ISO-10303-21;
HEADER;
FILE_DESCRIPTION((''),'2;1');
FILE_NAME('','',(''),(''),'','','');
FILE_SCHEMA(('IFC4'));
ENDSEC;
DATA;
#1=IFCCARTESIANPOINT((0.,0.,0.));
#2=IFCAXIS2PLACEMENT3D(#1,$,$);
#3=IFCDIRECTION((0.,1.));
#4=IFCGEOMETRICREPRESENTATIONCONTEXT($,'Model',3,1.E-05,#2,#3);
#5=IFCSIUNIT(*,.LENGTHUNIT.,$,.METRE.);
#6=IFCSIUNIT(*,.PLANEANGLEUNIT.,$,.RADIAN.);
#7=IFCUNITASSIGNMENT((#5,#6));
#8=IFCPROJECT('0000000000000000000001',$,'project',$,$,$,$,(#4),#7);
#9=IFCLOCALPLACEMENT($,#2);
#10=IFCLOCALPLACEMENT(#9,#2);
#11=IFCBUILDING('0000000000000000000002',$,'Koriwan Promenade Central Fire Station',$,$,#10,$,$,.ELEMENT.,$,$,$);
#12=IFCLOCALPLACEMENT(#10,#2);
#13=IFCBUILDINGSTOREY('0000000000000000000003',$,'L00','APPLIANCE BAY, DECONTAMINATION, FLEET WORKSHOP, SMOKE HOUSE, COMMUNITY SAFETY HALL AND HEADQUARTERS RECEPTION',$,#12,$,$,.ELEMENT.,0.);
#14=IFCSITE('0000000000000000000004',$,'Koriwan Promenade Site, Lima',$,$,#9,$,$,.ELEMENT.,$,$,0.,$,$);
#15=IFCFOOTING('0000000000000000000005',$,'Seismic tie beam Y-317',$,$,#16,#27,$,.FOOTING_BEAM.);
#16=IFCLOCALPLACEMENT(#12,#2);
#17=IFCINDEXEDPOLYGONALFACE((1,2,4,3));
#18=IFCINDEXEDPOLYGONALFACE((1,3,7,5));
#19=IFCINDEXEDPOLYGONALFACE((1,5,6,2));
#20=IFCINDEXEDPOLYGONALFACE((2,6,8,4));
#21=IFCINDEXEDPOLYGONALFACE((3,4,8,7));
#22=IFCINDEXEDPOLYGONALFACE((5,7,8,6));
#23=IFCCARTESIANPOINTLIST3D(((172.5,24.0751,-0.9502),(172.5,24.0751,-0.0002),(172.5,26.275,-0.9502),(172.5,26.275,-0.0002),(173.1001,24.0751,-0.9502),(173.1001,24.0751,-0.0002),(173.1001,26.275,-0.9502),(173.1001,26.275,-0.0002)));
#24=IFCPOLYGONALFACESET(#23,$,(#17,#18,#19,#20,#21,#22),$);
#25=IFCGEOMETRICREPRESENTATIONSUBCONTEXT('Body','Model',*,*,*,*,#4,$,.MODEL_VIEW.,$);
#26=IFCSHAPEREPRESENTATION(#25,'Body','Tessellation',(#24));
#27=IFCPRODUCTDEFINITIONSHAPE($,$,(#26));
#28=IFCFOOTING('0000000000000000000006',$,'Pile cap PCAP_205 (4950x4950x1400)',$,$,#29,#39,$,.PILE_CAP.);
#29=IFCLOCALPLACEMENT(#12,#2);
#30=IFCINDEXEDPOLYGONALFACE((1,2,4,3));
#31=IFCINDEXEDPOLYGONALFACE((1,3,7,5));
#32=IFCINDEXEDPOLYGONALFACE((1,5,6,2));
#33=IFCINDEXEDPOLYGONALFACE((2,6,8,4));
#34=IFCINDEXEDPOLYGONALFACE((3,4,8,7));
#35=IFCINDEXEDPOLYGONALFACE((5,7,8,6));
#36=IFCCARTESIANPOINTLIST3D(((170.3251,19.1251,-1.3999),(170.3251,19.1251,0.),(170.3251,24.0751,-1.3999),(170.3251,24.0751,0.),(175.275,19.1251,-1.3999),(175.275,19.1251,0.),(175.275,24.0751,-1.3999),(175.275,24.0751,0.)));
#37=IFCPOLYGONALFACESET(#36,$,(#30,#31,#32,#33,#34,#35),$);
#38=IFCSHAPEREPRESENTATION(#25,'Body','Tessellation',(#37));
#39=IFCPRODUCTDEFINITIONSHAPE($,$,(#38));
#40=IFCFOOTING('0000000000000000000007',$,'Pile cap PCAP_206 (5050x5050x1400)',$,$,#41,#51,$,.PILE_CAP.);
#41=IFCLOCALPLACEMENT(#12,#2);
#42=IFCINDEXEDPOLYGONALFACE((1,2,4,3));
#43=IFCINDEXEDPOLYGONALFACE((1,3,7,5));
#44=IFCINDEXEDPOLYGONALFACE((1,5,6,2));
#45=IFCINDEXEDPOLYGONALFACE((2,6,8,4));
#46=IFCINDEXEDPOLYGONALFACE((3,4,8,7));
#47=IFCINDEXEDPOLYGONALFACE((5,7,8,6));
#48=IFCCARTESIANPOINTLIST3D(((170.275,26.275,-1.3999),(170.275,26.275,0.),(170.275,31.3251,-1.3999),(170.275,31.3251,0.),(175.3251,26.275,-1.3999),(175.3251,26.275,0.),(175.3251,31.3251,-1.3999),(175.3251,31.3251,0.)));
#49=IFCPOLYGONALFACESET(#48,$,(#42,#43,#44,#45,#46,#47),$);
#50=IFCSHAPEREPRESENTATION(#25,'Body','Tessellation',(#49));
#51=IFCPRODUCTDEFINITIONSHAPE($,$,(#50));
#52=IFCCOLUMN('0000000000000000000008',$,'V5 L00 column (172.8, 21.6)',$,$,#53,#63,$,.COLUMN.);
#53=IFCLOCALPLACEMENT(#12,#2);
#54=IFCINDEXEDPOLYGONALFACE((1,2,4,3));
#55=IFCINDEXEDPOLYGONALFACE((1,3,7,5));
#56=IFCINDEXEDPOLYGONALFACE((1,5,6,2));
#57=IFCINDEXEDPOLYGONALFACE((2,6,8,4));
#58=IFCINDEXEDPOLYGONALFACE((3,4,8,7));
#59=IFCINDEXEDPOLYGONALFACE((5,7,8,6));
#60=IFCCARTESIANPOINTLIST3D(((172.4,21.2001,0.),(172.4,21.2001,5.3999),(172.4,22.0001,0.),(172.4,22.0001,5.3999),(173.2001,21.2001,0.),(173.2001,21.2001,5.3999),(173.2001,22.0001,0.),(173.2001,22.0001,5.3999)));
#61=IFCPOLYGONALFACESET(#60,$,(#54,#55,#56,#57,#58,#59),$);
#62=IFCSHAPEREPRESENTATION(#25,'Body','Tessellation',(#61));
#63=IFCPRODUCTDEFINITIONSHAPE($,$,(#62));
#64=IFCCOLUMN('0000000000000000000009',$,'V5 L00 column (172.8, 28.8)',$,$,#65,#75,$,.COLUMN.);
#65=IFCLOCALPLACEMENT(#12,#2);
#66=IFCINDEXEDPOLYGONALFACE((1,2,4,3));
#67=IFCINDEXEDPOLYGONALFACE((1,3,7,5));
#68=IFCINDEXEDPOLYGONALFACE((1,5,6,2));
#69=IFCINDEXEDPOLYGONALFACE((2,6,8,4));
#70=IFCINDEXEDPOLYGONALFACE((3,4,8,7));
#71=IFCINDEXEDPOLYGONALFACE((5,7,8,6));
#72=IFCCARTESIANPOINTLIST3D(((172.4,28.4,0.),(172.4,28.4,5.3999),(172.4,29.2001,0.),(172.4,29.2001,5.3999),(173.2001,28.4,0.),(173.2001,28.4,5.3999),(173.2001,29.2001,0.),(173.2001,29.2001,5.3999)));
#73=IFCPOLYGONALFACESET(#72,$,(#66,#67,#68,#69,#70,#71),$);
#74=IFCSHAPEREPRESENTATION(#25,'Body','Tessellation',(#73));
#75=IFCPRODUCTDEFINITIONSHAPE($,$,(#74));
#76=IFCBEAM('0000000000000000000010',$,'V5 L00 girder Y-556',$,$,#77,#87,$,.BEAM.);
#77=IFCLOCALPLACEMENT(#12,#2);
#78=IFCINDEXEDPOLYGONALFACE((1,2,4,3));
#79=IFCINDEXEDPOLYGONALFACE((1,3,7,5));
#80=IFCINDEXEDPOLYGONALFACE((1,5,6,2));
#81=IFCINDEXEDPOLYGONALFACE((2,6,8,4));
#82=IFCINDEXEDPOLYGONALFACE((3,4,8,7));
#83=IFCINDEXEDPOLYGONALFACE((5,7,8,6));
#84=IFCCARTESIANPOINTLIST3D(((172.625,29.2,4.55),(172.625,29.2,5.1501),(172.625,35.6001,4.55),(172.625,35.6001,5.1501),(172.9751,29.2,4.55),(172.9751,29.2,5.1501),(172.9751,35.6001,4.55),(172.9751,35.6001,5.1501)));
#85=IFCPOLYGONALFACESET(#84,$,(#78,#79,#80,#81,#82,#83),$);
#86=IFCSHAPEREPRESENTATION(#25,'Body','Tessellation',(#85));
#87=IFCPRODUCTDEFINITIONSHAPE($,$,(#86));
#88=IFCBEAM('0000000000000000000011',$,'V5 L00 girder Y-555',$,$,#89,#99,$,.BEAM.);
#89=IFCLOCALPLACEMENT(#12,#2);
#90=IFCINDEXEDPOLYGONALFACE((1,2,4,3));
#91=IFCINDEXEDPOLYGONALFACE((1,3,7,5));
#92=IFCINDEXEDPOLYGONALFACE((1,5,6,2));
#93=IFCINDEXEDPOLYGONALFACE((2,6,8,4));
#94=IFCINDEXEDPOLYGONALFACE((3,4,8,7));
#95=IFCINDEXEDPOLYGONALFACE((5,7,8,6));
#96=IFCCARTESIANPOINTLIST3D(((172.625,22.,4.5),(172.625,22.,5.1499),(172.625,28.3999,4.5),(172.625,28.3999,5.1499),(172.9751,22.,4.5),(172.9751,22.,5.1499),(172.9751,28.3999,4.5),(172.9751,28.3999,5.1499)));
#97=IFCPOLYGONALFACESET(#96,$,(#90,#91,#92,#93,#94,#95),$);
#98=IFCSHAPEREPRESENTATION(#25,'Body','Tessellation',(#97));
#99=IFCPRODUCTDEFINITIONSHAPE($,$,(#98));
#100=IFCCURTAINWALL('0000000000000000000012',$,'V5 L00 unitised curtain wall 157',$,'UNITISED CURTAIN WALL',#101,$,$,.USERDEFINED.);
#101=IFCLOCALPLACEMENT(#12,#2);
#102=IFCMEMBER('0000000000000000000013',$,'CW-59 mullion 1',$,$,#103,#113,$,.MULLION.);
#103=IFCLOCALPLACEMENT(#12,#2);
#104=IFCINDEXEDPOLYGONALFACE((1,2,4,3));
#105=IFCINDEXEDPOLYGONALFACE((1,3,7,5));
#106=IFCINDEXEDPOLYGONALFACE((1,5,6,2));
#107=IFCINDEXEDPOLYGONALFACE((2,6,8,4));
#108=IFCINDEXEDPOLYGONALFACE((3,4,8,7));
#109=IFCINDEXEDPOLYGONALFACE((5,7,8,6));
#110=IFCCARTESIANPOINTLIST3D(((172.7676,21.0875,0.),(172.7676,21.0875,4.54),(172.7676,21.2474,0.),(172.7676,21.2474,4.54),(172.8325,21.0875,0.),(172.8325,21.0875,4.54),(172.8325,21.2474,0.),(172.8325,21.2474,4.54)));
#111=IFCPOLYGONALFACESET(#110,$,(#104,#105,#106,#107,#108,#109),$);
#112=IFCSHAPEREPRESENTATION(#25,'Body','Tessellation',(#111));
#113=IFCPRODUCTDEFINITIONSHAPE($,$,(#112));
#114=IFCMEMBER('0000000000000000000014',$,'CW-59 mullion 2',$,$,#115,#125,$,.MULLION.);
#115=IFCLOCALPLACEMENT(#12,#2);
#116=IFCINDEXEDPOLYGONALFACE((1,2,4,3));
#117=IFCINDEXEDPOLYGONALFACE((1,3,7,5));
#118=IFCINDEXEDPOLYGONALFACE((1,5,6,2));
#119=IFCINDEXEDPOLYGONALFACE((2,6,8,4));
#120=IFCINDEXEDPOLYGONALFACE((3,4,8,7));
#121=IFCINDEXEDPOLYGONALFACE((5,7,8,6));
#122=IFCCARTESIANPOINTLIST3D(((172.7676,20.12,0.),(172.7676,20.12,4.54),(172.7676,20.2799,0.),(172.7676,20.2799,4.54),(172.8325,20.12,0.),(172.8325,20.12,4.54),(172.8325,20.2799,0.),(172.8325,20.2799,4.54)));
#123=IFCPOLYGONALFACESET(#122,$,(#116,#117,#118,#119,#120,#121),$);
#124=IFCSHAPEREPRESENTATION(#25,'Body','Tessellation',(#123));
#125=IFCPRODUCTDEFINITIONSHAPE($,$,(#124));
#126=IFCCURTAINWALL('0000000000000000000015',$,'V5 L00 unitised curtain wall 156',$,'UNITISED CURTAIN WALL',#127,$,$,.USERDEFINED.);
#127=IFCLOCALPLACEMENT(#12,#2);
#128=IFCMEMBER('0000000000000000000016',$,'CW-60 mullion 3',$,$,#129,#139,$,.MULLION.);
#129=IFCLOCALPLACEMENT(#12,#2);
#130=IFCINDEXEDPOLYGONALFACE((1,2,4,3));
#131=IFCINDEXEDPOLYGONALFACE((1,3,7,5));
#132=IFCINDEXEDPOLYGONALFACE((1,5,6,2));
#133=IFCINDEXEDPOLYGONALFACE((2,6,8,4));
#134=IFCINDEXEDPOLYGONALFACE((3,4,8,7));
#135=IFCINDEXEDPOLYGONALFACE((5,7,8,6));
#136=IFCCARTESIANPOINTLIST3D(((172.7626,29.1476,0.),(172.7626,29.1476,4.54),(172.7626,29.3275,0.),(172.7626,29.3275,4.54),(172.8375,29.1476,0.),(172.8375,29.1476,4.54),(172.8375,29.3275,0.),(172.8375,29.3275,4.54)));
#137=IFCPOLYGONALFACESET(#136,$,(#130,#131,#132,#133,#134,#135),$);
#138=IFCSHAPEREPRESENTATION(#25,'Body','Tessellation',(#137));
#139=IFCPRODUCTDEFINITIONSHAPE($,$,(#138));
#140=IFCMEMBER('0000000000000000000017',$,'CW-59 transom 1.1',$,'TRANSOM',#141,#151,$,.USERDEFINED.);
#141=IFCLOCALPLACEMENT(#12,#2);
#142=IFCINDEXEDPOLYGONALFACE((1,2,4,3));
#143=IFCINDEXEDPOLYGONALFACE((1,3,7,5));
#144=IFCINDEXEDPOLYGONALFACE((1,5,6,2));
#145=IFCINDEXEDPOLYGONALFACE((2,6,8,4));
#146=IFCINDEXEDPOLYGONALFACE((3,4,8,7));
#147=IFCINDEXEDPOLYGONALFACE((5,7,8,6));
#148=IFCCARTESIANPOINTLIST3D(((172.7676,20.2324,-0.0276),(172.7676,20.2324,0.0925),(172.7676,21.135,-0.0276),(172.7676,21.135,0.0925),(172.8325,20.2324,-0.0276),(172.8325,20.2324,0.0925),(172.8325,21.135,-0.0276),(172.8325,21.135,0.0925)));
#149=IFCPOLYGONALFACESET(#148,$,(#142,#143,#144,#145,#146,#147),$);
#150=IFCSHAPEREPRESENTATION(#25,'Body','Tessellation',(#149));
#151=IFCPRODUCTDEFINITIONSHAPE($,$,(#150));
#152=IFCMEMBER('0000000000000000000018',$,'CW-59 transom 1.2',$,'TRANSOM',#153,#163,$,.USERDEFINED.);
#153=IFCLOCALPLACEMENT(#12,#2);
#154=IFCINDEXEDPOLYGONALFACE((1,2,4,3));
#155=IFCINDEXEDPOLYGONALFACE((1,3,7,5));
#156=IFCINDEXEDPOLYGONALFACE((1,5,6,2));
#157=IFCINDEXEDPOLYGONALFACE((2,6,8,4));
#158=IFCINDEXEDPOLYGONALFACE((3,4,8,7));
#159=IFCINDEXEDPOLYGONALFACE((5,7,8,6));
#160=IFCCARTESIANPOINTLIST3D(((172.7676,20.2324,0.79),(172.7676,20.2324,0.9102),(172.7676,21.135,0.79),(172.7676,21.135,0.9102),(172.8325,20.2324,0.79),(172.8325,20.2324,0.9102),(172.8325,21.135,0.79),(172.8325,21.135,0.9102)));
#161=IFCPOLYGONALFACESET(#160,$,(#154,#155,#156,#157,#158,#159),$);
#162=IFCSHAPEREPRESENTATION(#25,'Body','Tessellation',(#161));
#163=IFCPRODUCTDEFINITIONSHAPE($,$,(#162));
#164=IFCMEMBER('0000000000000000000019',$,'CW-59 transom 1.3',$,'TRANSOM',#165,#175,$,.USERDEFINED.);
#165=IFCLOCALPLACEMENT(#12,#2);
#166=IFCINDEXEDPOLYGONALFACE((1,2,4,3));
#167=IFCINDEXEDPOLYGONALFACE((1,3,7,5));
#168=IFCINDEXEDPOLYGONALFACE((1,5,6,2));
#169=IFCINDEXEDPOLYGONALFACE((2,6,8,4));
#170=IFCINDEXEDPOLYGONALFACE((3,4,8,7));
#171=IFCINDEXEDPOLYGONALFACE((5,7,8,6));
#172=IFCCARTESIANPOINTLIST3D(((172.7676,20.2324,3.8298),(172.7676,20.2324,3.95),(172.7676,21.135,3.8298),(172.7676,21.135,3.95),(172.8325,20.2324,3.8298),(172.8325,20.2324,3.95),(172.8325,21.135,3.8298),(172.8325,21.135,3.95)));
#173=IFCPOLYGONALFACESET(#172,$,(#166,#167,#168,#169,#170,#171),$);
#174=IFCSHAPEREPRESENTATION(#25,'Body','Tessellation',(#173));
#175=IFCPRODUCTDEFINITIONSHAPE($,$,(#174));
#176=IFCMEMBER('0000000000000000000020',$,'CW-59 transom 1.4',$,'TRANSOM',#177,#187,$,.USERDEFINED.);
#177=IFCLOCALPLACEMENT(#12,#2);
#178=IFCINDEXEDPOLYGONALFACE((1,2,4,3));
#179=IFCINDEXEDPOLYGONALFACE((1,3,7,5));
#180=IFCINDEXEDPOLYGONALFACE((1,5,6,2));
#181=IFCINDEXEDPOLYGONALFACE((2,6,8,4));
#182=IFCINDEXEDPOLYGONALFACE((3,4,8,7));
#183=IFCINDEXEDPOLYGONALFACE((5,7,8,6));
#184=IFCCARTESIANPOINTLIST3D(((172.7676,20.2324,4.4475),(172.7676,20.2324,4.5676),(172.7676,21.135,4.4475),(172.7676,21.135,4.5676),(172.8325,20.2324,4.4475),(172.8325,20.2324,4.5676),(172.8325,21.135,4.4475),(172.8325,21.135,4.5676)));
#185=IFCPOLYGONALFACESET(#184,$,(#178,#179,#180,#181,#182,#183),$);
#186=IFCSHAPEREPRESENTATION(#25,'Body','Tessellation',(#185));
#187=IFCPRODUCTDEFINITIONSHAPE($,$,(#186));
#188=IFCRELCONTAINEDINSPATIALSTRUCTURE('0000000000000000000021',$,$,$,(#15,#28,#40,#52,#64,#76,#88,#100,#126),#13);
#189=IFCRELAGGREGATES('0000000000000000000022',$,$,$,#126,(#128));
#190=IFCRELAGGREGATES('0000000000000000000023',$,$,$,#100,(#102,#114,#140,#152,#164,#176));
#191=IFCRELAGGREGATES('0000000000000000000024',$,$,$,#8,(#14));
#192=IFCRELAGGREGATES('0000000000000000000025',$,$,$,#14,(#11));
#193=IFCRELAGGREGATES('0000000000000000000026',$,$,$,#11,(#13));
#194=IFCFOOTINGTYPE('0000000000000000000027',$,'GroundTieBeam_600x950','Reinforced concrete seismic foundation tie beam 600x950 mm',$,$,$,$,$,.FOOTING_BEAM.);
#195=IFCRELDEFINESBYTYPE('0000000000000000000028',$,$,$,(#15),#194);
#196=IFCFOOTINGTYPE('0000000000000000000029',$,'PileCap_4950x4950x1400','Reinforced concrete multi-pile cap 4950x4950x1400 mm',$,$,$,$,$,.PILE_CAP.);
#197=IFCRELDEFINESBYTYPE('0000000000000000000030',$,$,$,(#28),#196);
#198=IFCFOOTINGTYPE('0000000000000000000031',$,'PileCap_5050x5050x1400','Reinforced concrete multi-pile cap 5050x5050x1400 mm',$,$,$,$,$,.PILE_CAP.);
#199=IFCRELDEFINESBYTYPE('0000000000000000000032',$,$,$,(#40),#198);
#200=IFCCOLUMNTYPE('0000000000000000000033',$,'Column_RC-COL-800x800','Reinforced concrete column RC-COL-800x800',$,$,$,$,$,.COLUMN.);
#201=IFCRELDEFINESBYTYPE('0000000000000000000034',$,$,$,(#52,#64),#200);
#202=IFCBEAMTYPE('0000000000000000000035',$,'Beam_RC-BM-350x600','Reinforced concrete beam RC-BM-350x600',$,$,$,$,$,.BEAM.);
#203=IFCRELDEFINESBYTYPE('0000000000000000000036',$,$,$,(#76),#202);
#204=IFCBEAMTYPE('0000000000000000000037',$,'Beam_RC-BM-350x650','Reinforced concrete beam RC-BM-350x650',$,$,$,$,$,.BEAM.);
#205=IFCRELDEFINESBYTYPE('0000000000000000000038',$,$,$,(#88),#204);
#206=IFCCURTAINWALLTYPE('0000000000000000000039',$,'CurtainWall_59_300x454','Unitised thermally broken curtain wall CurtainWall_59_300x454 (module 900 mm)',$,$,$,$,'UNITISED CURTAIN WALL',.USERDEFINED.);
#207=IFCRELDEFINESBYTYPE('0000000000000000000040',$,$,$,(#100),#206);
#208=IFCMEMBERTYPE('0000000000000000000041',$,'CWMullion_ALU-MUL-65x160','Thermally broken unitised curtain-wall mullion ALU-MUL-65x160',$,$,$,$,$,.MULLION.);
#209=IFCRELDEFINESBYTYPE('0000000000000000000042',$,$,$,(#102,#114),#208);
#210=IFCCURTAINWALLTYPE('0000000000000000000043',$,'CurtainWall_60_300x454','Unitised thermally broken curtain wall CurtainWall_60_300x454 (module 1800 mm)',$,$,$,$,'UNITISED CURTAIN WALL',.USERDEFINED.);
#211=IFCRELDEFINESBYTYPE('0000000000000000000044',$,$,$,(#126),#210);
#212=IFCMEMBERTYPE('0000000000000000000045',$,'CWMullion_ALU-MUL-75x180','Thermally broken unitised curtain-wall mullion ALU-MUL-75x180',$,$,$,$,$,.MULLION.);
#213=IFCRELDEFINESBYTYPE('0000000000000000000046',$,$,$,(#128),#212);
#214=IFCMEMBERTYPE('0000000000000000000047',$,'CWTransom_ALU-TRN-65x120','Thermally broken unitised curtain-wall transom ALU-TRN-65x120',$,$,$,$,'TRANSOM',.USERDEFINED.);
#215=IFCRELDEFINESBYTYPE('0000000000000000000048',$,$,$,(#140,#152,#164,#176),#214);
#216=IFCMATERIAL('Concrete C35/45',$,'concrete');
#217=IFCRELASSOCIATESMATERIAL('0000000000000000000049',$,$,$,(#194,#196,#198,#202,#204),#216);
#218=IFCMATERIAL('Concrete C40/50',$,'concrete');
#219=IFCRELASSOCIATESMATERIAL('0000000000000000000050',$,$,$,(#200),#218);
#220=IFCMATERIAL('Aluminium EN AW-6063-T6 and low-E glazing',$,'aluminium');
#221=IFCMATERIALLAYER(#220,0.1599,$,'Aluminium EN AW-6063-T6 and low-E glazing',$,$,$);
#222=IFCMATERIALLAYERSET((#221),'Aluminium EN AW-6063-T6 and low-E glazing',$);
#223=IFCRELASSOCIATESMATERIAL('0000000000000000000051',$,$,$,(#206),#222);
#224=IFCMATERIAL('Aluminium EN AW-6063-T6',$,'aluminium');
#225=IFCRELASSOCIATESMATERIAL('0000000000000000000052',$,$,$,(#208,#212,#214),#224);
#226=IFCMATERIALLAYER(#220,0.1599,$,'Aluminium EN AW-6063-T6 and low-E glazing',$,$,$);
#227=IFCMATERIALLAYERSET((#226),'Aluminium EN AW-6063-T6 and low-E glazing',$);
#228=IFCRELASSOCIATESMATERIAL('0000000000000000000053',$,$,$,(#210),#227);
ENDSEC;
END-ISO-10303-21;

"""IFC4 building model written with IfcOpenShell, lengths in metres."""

from ifc_helpers import new_model, si_unit, direction, frame, origin, origin_2d, place, context, subcontext, project, spatial, rectangle, extrude, material, layer, layer_set, material_profile, profile_set, type_object, element, aggregate, save


model = new_model("IFC4")

# Units and contexts
model_context = context("Model", 3, precision=1e-05, world=origin(), true_north=direction((0.0, 1.0)))
body_context = subcontext(model_context, "Body", "Model", "MODEL_VIEW")
ifc_project = project(units=[si_unit("LENGTHUNIT", "METRE"), si_unit("PLANEANGLEUNIT", "RADIAN")], contexts=[model_context])

# Site, building, storey
site_placement = place(None, origin())
site = spatial("IfcSite", under=ifc_project, at=site_placement, Name="Koriwan Promenade Site, Lima", CompositionType="ELEMENT", RefElevation=0.0)
building_placement = place(site_placement, origin())
building = spatial("IfcBuilding", under=site, at=building_placement, Name="Koriwan Promenade Central Fire Station", CompositionType="ELEMENT")
storey_placement = place(building_placement, origin())
storey = spatial("IfcBuildingStorey", under=building, at=storey_placement, Name="L00", Description="APPLIANCE BAY, DECONTAMINATION, FLEET WORKSHOP, SMOKE HOUSE, COMMUNITY SAFETY HALL AND HEADQUARTERS RECEPTION", CompositionType="ELEMENT", Elevation=0.0)

# Shared definitions
ifc_material_1 = material(Name="Concrete C35/45", Category="concrete")

# Footings
footing_type_1 = type_object("IfcFootingType", Name="GroundTieBeam_600x950", Description="Reinforced concrete seismic foundation tie beam 600x950 mm", PredefinedType="FOOTING_BEAM", material=ifc_material_1)
footing_1_placement = place(storey_placement, frame((172.8, 25.175, -0.9502), z_axis=(0.0, 0.0, 1.0), x_axis=(0.0, 1.0, 0.0)))
element("IfcFooting", 1, at=footing_1_placement, inside=storey, type_object=footing_type_1, Name="Seismic tie beam Y-317", PredefinedType="FOOTING_BEAM", context=body_context, shape_type="SweptSolid", body=[
    extrude(rectangle(XDim=2.2, YDim=0.6001, at=origin_2d()), origin(), (0.0, 0.0, 1.0), 0.95),
])
footing_type_2 = type_object("IfcFootingType", Name="PileCap_4950x4950x1400", Description="Reinforced concrete multi-pile cap 4950x4950x1400 mm", PredefinedType="PILE_CAP", material=ifc_material_1)
footing_2_placement = place(storey_placement, frame((172.8, 21.6001, -1.3999), z_axis=(0.0, 0.0, 1.0), x_axis=(1.0, 0.0, 0.0)))
element("IfcFooting", 2, at=footing_2_placement, inside=storey, type_object=footing_type_2, Name="Pile cap PCAP_205 (4950x4950x1400)", PredefinedType="PILE_CAP", context=body_context, shape_type="SweptSolid", body=[
    extrude(rectangle(XDim=4.95, YDim=4.95, at=origin_2d()), origin(), (0.0, 0.0, 1.0), 1.3999),
])
footing_type_3 = type_object("IfcFootingType", Name="PileCap_5050x5050x1400", Description="Reinforced concrete multi-pile cap 5050x5050x1400 mm", PredefinedType="PILE_CAP", material=ifc_material_1)
footing_3_placement = place(storey_placement, frame((172.8, 28.8, -1.3999), z_axis=(0.0, 0.0, 1.0), x_axis=(1.0, 0.0, 0.0)))
element("IfcFooting", 3, at=footing_3_placement, inside=storey, type_object=footing_type_3, Name="Pile cap PCAP_206 (5050x5050x1400)", PredefinedType="PILE_CAP", context=body_context, shape_type="SweptSolid", body=[
    extrude(rectangle(XDim=5.05, YDim=5.05, at=origin_2d()), origin(), (0.0, 0.0, 1.0), 1.3999),
])

# Columns
ifc_material_2 = material(Name="Concrete C40/50", Category="concrete")
ifc_material_profile_1 = material_profile(ifc_material_2, rectangle(XDim=0.8, YDim=0.8, at=origin_2d()), Name="RC-COL-800x800")
ifc_profile_set_1 = profile_set([ifc_material_profile_1], Name="Concrete C40/50")
column_type = type_object("IfcColumnType", Name="Column_RC-COL-800x800", Description="Reinforced concrete column RC-COL-800x800", PredefinedType="COLUMN", material=ifc_profile_set_1)
for number, where, z_axis, x_axis, name in (
    (4, (172.8, 21.6001, 0.0), (0.0, 0.0, 1.0), (1.0, 0.0, 0.0), "V5 L00 column (172.8, 21.6)"),
    (5, (172.8, 28.8, 0.0), (0.0, 0.0, 1.0), (1.0, 0.0, 0.0), "V5 L00 column (172.8, 28.8)"),
):
    element("IfcColumn", number, at=place(storey_placement, frame(where, z_axis=z_axis, x_axis=x_axis)), inside=storey, type_object=column_type, Name=name, PredefinedType="COLUMN", context=body_context, shape_type="SweptSolid", body=[
        extrude(rectangle(XDim=0.8, YDim=0.8, at=origin_2d()), origin(), (0.0, 0.0, 1.0), 5.3999),
    ])

# Beams
ifc_material_profile_2 = material_profile(ifc_material_1, rectangle(XDim=0.3501, YDim=0.6001, at=origin_2d()), Name="RC-BM-350x600")
ifc_profile_set_2 = profile_set([ifc_material_profile_2], Name="Concrete C35/45")
beam_type_1 = type_object("IfcBeamType", Name="Beam_RC-BM-350x600", Description="Reinforced concrete beam RC-BM-350x600", PredefinedType="BEAM", material=ifc_profile_set_2)
beam_1_placement = place(storey_placement, frame((172.8, 29.2, 4.8501), z_axis=(0.0, 1.0, 0.0), x_axis=(-1.0, 0.0, 0.0)))
element("IfcBeam", 6, at=beam_1_placement, inside=storey, type_object=beam_type_1, Name="V5 L00 girder Y-556", PredefinedType="BEAM", context=body_context, shape_type="SweptSolid", body=[
    extrude(rectangle(XDim=0.3501, YDim=0.6001, at=origin_2d()), origin(), (0.0, 0.0, 1.0), 6.4001),
])
ifc_material_profile_3 = material_profile(ifc_material_1, rectangle(XDim=0.3501, YDim=0.6499, at=origin_2d()), Name="RC-BM-350x650")
ifc_profile_set_3 = profile_set([ifc_material_profile_3], Name="Concrete C35/45")
beam_type_2 = type_object("IfcBeamType", Name="Beam_RC-BM-350x650", Description="Reinforced concrete beam RC-BM-350x650", PredefinedType="BEAM", material=ifc_profile_set_3)
beam_2_placement = place(storey_placement, frame((172.8, 22.0, 4.825), z_axis=(0.0, 1.0, 0.0), x_axis=(-1.0, 0.0, 0.0)))
element("IfcBeam", 7, at=beam_2_placement, inside=storey, type_object=beam_type_2, Name="V5 L00 girder Y-555", PredefinedType="BEAM", context=body_context, shape_type="SweptSolid", body=[
    extrude(rectangle(XDim=0.3501, YDim=0.6499, at=origin_2d()), origin(), (0.0, 0.0, 1.0), 6.3999),
])

# Curtain wall, members
ifc_material_3 = material(Name="Aluminium EN AW-6063-T6 and low-E glazing", Category="aluminium")
ifc_layer_1 = layer(ifc_material_3, 0.1599, Name="Aluminium EN AW-6063-T6 and low-E glazing")
ifc_layer_set_1 = layer_set([ifc_layer_1], Name="Aluminium EN AW-6063-T6 and low-E glazing")
curtain_wall_type_1 = type_object("IfcCurtainWallType", Name="CurtainWall_59_300x454", Description="Unitised thermally broken curtain wall CurtainWall_59_300x454 (module 900 mm)", ElementType="UNITISED CURTAIN WALL", PredefinedType="USERDEFINED", material=ifc_layer_set_1)
curtain_wall_1_placement = place(storey_placement, origin())
curtain_wall_1 = element("IfcCurtainWall", 8, at=curtain_wall_1_placement, inside=storey, type_object=curtain_wall_type_1, Name="V5 L00 unitised curtain wall 157", ObjectType="UNITISED CURTAIN WALL", PredefinedType="USERDEFINED")
ifc_material_4 = material(Name="Aluminium EN AW-6063-T6", Category="aluminium")
ifc_material_profile_4 = material_profile(ifc_material_4, rectangle(XDim=0.0649, YDim=0.1599, at=origin_2d()), Name="ALU-MUL-65x160")
ifc_profile_set_4 = profile_set([ifc_material_profile_4], Name="Aluminium EN AW-6063-T6")
member_type_1 = type_object("IfcMemberType", Name="CWMullion_ALU-MUL-65x160", Description="Thermally broken unitised curtain-wall mullion ALU-MUL-65x160", PredefinedType="MULLION", material=ifc_profile_set_4)
member_1_placement = place(storey_placement, frame((172.8, 21.1675, 0.0), z_axis=(0.0, 0.0, 1.0), x_axis=(1.0, 0.0, 0.0)))
member_1 = element("IfcMember", 9, at=member_1_placement, type_object=member_type_1, Name="CW-59 mullion 1", PredefinedType="MULLION", context=body_context, shape_type="SweptSolid", body=[
    extrude(rectangle(XDim=0.0649, YDim=0.1599, at=origin_2d()), origin(), (0.0, 0.0, 1.0), 4.54),
])
member_2_placement = place(storey_placement, frame((172.8, 20.2, 0.0), z_axis=(0.0, 0.0, 1.0), x_axis=(1.0, 0.0, 0.0)))
member_2 = element("IfcMember", 10, at=member_2_placement, type_object=member_type_1, Name="CW-59 mullion 2", PredefinedType="MULLION", context=body_context, shape_type="SweptSolid", body=[
    extrude(rectangle(XDim=0.0649, YDim=0.1599, at=origin_2d()), origin(), (0.0, 0.0, 1.0), 4.54),
])

# Curtain wall, member
ifc_layer_2 = layer(ifc_material_3, 0.1599, Name="Aluminium EN AW-6063-T6 and low-E glazing")
ifc_layer_set_2 = layer_set([ifc_layer_2], Name="Aluminium EN AW-6063-T6 and low-E glazing")
curtain_wall_type_2 = type_object("IfcCurtainWallType", Name="CurtainWall_60_300x454", Description="Unitised thermally broken curtain wall CurtainWall_60_300x454 (module 1800 mm)", ElementType="UNITISED CURTAIN WALL", PredefinedType="USERDEFINED", material=ifc_layer_set_2)
curtain_wall_2_placement = place(storey_placement, origin())
curtain_wall_2 = element("IfcCurtainWall", 11, at=curtain_wall_2_placement, inside=storey, type_object=curtain_wall_type_2, Name="V5 L00 unitised curtain wall 156", ObjectType="UNITISED CURTAIN WALL", PredefinedType="USERDEFINED")
ifc_material_profile_5 = material_profile(ifc_material_4, rectangle(XDim=0.075, YDim=0.1799, at=origin_2d()), Name="ALU-MUL-75x180")
ifc_profile_set_5 = profile_set([ifc_material_profile_5], Name="Aluminium EN AW-6063-T6")
member_type_2 = type_object("IfcMemberType", Name="CWMullion_ALU-MUL-75x180", Description="Thermally broken unitised curtain-wall mullion ALU-MUL-75x180", PredefinedType="MULLION", material=ifc_profile_set_5)
member_3_placement = place(storey_placement, frame((172.8, 29.2375, 0.0), z_axis=(0.0, 0.0, 1.0), x_axis=(1.0, 0.0, 0.0)))
member_3 = element("IfcMember", 12, at=member_3_placement, type_object=member_type_2, Name="CW-60 mullion 3", PredefinedType="MULLION", context=body_context, shape_type="SweptSolid", body=[
    extrude(rectangle(XDim=0.075, YDim=0.1799, at=origin_2d()), origin(), (0.0, 0.0, 1.0), 4.54),
])

# Members
ifc_material_profile_6 = material_profile(ifc_material_4, rectangle(XDim=0.0649, YDim=0.1201, at=origin_2d()), Name="ALU-TRN-65x120")
ifc_profile_set_6 = profile_set([ifc_material_profile_6], Name="Aluminium EN AW-6063-T6")
member_type_3 = type_object("IfcMemberType", Name="CWTransom_ALU-TRN-65x120", Description="Thermally broken unitised curtain-wall transom ALU-TRN-65x120", ElementType="TRANSOM", PredefinedType="USERDEFINED", material=ifc_profile_set_6)
member_4_placement = place(storey_placement, frame((172.8, 21.135, 0.0325), z_axis=(0.0, -1.0, 0.0), x_axis=(1.0, 0.0, 0.0)))
member_4 = element("IfcMember", 13, at=member_4_placement, type_object=member_type_3, Name="CW-59 transom 1.1", ObjectType="TRANSOM", PredefinedType="USERDEFINED", context=body_context, shape_type="SweptSolid", body=[
    extrude(rectangle(XDim=0.0649, YDim=0.1201, at=origin_2d()), origin(), (0.0, 0.0, 1.0), 0.9026),
])
member_5_placement = place(storey_placement, frame((172.8, 21.135, 0.8501), z_axis=(0.0, -1.0, 0.0), x_axis=(1.0, 0.0, 0.0)))
member_5 = element("IfcMember", 14, at=member_5_placement, type_object=member_type_3, Name="CW-59 transom 1.2", ObjectType="TRANSOM", PredefinedType="USERDEFINED", context=body_context, shape_type="SweptSolid", body=[
    extrude(rectangle(XDim=0.0649, YDim=0.1201, at=origin_2d()), origin(), (0.0, 0.0, 1.0), 0.9026),
])
member_6_placement = place(storey_placement, frame((172.8, 21.135, 3.8899), z_axis=(0.0, -1.0, 0.0), x_axis=(1.0, 0.0, 0.0)))
member_6 = element("IfcMember", 15, at=member_6_placement, type_object=member_type_3, Name="CW-59 transom 1.3", ObjectType="TRANSOM", PredefinedType="USERDEFINED", context=body_context, shape_type="SweptSolid", body=[
    extrude(rectangle(XDim=0.0649, YDim=0.1201, at=origin_2d()), origin(), (0.0, 0.0, 1.0), 0.9026),
])
member_7_placement = place(storey_placement, frame((172.8, 21.135, 4.5076), z_axis=(0.0, -1.0, 0.0), x_axis=(1.0, 0.0, 0.0)))
member_7 = element("IfcMember", 16, at=member_7_placement, type_object=member_type_3, Name="CW-59 transom 1.4", ObjectType="TRANSOM", PredefinedType="USERDEFINED", context=body_context, shape_type="SweptSolid", body=[
    extrude(rectangle(XDim=0.0649, YDim=0.1201, at=origin_2d()), origin(), (0.0, 0.0, 1.0), 0.9026),
])

aggregate(curtain_wall_2, [member_3])
aggregate(curtain_wall_1, [member_1, member_2, member_4, member_5, member_6, member_7])

save(model, "model.ifc")
